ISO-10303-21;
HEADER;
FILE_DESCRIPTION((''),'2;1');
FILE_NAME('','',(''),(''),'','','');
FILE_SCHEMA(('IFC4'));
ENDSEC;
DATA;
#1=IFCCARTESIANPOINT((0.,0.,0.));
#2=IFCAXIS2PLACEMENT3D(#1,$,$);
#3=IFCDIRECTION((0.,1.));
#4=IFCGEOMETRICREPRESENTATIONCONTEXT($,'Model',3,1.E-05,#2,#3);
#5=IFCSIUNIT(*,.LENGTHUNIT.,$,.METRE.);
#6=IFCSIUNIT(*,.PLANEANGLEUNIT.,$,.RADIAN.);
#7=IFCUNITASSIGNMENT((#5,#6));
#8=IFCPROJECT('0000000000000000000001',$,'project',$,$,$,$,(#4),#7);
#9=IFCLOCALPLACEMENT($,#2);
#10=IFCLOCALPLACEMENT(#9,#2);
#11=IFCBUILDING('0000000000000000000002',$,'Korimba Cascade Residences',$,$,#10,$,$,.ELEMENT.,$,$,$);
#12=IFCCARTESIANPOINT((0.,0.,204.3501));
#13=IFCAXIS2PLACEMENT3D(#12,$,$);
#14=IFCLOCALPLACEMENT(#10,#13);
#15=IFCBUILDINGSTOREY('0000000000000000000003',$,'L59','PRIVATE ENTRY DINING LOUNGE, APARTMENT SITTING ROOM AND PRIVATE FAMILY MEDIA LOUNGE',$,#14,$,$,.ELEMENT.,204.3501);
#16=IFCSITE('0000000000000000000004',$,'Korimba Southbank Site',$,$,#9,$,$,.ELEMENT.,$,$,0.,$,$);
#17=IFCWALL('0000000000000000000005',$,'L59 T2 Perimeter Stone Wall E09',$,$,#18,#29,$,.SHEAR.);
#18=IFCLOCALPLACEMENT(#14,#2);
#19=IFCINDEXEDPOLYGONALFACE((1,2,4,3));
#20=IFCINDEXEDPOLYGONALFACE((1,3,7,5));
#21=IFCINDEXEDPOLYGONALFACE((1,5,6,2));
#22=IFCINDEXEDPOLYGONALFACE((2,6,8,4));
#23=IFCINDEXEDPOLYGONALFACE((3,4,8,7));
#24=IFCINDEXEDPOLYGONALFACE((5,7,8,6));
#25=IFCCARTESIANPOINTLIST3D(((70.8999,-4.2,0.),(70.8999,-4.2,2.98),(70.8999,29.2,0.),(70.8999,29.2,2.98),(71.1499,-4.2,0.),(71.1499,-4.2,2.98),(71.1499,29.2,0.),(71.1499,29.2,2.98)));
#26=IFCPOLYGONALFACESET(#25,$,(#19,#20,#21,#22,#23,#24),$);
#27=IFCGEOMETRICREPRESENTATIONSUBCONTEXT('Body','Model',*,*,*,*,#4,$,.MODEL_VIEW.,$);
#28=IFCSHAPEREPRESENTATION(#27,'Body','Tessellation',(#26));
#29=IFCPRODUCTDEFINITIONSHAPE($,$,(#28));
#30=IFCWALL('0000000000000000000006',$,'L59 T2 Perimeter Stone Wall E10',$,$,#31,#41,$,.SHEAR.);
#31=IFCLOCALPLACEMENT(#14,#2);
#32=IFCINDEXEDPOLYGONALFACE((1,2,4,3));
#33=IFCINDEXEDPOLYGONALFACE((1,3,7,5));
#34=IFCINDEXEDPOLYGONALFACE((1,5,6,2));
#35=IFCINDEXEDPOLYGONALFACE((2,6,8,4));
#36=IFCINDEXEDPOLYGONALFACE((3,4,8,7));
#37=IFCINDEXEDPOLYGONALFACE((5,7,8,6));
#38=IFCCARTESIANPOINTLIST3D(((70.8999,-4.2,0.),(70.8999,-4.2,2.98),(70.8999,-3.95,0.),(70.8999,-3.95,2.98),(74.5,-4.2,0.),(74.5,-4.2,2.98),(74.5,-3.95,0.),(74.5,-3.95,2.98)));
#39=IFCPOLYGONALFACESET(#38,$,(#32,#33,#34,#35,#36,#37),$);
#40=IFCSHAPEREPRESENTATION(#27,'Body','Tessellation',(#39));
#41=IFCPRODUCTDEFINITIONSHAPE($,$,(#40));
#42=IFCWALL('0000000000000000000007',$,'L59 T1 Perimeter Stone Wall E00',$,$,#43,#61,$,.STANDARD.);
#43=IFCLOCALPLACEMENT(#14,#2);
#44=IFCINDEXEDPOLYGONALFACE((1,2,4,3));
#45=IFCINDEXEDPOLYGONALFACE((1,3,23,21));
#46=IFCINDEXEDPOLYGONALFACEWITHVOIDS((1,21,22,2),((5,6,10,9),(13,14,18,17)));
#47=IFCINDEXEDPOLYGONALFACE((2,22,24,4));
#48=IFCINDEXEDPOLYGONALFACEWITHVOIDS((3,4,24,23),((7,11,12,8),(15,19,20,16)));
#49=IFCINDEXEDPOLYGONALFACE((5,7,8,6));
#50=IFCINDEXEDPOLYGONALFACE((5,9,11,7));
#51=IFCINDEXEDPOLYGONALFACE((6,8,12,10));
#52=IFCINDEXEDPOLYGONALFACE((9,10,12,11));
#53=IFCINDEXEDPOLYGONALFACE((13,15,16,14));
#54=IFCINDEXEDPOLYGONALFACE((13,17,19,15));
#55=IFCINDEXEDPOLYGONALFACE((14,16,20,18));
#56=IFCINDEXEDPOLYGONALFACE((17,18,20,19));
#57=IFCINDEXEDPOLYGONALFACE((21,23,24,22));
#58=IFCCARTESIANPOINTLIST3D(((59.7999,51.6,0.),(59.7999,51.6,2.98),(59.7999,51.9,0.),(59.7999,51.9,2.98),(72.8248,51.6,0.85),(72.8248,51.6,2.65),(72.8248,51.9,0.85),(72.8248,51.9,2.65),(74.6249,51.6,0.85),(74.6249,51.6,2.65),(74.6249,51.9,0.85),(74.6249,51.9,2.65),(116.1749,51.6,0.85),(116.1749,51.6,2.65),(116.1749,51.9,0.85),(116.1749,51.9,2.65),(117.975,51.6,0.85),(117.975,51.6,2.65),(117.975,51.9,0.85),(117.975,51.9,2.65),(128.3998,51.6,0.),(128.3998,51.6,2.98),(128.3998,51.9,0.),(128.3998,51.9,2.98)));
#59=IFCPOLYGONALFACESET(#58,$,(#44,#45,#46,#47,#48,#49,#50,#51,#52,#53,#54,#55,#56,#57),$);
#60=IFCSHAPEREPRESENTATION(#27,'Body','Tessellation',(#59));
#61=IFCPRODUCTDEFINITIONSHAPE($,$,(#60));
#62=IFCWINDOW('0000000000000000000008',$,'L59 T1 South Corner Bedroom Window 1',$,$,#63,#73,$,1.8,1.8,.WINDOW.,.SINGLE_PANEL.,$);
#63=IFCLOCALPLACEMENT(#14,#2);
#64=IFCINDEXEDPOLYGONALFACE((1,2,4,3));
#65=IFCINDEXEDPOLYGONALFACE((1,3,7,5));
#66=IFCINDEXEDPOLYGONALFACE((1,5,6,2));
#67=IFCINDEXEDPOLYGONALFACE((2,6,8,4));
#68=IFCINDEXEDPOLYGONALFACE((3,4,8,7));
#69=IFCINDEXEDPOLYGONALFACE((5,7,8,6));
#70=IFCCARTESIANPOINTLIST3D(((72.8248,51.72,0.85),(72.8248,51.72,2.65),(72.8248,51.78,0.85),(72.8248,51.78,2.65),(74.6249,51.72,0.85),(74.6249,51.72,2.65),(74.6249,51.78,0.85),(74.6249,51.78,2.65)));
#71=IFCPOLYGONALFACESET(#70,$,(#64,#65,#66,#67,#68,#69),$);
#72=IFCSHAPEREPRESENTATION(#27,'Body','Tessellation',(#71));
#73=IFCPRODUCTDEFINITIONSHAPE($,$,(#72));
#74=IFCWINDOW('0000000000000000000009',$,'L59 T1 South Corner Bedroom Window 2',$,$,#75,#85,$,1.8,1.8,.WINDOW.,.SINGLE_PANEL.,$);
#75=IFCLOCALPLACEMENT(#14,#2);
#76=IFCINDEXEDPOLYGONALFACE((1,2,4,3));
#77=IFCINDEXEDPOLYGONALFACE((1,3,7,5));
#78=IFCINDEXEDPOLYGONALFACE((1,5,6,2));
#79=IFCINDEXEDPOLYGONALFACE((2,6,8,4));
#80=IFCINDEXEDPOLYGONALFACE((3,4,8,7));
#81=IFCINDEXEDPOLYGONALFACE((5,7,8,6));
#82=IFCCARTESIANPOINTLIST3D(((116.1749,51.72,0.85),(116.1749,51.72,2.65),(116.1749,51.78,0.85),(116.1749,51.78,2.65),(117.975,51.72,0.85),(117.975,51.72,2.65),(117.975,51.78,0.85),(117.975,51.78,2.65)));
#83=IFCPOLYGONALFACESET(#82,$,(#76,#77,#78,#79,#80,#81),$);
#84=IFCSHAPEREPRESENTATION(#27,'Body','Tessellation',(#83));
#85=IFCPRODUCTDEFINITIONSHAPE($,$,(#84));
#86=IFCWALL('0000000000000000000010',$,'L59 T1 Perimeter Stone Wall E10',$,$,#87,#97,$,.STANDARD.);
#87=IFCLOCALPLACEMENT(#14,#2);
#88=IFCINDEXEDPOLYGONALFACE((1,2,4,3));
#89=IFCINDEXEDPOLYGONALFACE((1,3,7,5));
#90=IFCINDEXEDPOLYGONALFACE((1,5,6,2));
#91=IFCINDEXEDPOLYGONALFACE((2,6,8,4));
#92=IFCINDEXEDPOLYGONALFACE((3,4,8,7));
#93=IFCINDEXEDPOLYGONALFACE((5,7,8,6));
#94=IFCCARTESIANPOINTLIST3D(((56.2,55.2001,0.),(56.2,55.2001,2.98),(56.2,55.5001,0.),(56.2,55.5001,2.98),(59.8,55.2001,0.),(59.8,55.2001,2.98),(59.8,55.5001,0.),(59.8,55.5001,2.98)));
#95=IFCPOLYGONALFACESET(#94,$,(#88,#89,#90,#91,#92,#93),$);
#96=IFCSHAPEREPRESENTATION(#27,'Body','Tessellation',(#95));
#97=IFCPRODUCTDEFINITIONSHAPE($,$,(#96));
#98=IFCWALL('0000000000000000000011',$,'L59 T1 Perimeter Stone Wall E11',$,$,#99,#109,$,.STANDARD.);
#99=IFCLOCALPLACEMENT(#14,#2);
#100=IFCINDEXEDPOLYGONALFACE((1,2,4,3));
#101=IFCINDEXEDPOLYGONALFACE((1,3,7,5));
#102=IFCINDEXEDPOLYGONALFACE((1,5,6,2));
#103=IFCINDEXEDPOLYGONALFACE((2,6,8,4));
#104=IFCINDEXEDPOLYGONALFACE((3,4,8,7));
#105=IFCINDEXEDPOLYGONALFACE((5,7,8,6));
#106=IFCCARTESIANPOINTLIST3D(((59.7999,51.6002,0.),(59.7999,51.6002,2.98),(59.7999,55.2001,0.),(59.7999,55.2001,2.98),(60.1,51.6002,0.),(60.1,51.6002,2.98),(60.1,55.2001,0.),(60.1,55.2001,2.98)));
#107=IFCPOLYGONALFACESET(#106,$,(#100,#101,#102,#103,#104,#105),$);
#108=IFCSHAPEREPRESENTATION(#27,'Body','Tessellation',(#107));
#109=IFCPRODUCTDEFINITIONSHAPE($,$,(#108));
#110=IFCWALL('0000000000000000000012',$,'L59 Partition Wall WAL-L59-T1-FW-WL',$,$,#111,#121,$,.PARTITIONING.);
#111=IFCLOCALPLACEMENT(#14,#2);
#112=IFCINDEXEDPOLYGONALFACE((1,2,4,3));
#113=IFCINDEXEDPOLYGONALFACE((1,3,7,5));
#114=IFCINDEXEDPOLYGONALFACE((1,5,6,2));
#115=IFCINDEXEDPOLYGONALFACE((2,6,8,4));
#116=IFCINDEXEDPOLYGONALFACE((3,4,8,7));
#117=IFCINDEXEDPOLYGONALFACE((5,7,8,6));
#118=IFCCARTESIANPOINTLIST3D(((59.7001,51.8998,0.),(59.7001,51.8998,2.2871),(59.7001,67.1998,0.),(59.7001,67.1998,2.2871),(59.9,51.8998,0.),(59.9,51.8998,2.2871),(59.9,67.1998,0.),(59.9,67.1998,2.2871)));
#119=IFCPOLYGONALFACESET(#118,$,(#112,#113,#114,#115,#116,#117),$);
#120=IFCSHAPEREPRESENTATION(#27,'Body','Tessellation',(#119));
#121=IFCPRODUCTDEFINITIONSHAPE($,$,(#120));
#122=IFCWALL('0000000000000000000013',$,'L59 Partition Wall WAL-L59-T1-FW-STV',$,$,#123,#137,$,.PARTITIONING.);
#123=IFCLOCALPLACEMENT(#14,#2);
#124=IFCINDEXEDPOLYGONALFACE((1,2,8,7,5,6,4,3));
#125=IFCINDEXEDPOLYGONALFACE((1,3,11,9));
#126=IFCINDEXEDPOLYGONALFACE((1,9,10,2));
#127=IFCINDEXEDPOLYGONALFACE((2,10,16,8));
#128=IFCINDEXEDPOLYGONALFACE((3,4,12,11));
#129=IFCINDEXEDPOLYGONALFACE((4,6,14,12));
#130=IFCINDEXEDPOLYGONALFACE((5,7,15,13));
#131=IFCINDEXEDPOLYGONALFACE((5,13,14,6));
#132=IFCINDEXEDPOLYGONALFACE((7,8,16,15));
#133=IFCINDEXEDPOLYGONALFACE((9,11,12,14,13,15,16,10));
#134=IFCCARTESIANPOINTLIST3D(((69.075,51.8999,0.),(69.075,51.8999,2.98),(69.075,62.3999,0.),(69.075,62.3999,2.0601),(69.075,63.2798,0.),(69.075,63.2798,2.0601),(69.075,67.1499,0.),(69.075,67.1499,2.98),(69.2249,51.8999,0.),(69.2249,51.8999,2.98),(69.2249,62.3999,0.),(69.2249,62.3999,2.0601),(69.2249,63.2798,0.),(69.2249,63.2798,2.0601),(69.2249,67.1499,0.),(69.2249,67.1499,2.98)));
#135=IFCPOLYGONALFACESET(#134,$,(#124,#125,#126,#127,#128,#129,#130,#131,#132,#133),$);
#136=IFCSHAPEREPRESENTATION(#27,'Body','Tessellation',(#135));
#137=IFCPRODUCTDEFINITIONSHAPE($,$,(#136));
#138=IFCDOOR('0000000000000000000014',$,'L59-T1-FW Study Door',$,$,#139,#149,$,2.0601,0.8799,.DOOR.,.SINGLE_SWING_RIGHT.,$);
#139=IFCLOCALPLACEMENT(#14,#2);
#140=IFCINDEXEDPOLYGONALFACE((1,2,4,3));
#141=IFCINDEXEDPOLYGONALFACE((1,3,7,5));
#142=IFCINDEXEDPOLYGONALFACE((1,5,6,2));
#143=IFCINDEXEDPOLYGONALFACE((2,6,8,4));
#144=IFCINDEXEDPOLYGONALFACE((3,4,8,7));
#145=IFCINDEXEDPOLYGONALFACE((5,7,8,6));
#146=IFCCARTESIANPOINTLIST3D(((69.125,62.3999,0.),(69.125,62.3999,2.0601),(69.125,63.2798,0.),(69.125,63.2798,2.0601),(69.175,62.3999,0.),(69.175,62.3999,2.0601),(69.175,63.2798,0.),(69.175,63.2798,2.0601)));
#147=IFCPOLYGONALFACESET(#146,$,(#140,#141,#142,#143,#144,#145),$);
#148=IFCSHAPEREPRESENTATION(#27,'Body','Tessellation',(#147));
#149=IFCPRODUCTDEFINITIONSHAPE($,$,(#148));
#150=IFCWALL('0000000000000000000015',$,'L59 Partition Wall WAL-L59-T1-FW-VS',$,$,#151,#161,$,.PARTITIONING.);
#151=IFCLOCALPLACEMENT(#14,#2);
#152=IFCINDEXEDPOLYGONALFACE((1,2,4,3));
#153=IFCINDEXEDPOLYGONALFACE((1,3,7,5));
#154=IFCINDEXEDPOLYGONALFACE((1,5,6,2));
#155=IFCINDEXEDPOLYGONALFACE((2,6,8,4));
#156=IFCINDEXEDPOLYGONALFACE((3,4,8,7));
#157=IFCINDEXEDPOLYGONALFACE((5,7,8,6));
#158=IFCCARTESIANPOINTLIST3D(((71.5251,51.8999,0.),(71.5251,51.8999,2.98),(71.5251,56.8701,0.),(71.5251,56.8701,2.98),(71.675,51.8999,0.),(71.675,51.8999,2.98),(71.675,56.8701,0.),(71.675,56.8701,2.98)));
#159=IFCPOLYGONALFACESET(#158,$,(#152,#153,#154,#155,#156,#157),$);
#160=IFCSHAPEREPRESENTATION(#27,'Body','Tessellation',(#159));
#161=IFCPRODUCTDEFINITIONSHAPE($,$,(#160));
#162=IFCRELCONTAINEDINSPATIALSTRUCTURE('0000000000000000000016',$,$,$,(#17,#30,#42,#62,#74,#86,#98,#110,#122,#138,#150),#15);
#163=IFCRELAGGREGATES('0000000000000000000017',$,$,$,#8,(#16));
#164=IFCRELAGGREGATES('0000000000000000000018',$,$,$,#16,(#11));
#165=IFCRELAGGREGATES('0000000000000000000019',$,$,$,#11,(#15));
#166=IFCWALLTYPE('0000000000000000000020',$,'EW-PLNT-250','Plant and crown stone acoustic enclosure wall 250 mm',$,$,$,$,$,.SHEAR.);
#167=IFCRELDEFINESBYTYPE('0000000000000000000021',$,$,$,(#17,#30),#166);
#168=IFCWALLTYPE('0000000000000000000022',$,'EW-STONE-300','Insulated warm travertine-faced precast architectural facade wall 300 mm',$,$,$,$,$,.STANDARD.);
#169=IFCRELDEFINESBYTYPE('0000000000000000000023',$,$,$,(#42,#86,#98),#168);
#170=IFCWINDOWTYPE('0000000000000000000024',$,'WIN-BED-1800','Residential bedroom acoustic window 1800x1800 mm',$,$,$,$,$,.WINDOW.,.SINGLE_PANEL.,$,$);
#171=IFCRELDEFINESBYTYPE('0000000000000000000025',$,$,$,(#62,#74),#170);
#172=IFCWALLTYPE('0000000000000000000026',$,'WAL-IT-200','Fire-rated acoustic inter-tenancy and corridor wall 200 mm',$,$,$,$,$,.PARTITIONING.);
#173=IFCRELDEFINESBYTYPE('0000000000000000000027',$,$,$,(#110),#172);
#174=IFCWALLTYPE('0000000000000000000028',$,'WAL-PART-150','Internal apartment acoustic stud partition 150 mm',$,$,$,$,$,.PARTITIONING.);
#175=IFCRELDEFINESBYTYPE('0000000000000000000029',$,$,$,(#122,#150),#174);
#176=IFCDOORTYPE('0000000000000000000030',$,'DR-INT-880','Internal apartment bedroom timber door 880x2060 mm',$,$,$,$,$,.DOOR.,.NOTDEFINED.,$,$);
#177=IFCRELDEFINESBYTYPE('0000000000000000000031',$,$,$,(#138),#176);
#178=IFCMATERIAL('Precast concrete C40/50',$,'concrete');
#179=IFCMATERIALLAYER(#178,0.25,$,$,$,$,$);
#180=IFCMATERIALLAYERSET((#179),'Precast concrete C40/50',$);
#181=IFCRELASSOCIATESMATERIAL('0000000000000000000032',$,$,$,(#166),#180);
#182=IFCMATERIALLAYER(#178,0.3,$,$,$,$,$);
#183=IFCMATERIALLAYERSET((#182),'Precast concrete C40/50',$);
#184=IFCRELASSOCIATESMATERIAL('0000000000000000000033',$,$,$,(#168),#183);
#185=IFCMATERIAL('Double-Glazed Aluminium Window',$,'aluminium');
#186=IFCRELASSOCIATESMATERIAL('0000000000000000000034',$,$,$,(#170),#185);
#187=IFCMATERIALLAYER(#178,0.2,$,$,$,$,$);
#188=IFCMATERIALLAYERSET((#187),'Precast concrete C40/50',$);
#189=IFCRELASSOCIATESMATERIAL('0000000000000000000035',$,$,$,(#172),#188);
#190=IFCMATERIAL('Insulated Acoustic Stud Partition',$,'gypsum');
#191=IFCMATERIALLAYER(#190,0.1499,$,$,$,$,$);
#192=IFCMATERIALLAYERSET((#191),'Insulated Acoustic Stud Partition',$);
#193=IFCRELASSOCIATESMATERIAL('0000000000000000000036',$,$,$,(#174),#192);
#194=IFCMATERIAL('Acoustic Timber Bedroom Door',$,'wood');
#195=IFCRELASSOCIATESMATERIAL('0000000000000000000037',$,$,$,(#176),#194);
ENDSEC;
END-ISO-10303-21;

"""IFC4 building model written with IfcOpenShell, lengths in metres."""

from ifc_helpers import new_model, si_unit, direction, frame, frame_2d, origin, place, context, subcontext, project, spatial, rectangle, extrude, material, layer, layer_set, type_object, element, fill, save


model = new_model("IFC4")

# Units and contexts
model_context = context("Model", 3, precision=1e-05, world=origin(), true_north=direction((0.0, 1.0)))
body_context = subcontext(model_context, "Body", "Model", "MODEL_VIEW")
ifc_project = project(units=[si_unit("LENGTHUNIT", "METRE"), si_unit("PLANEANGLEUNIT", "RADIAN")], contexts=[model_context])

# Site, building, storey
site_placement = place(None, origin())
site = spatial("IfcSite", under=ifc_project, at=site_placement, Name="Korimba Southbank Site", CompositionType="ELEMENT", RefElevation=0.0)
building_placement = place(site_placement, origin())
building = spatial("IfcBuilding", under=site, at=building_placement, Name="Korimba Cascade Residences", CompositionType="ELEMENT")
storey_placement = place(building_placement, frame((0.0, 0.0, 204.3501)))
storey = spatial("IfcBuildingStorey", under=building, at=storey_placement, Name="L59", Description="PRIVATE ENTRY DINING LOUNGE, APARTMENT SITTING ROOM AND PRIVATE FAMILY MEDIA LOUNGE", CompositionType="ELEMENT", Elevation=204.3501)

# Shared definitions
ifc_material_1 = material(Name="Precast concrete C40/50", Category="concrete")

# Walls
ifc_layer_1 = layer(ifc_material_1, 0.25)
ifc_layer_set_1 = layer_set([ifc_layer_1], Name="Precast concrete C40/50")
wall_type_1 = type_object("IfcWallType", Name="EW-PLNT-250", Description="Plant and crown stone acoustic enclosure wall 250 mm", PredefinedType="SHEAR", material=ifc_layer_set_1)
wall_1_placement = place(storey_placement, frame((71.0249, 29.2, 0.0), z_axis=(0.0, 0.0, 1.0), x_axis=(0.0, -1.0, 0.0)))
element("IfcWall", 1, at=wall_1_placement, inside=storey, type_object=wall_type_1, Name="L59 T2 Perimeter Stone Wall E09", PredefinedType="SHEAR", context=body_context, shape_type="SweptSolid", body=[
    extrude(rectangle(XDim=33.3999, YDim=0.25, at=frame_2d((16.7, 0.0))), origin(), (0.0, 0.0, 1.0), 2.98),
])
wall_2_placement = place(storey_placement, frame((70.8999, -4.075, 0.0), z_axis=(0.0, 0.0, 1.0), x_axis=(1.0, 0.0, 0.0)))
element("IfcWall", 2, at=wall_2_placement, inside=storey, type_object=wall_type_1, Name="L59 T2 Perimeter Stone Wall E10", PredefinedType="SHEAR", context=body_context, shape_type="SweptSolid", body=[
    extrude(rectangle(XDim=3.6001, YDim=0.25, at=frame_2d((1.8, 0.0))), origin(), (0.0, 0.0, 1.0), 2.98),
])

# Wall, openings, windows
ifc_layer_2 = layer(ifc_material_1, 0.3)
ifc_layer_set_2 = layer_set([ifc_layer_2], Name="Precast concrete C40/50")
wall_type_2 = type_object("IfcWallType", Name="EW-STONE-300", Description="Insulated warm travertine-faced precast architectural facade wall 300 mm", PredefinedType="STANDARD", material=ifc_layer_set_2)
wall_3_placement = place(storey_placement, frame((59.8, 51.75, 0.0), z_axis=(0.0, 0.0, 1.0), x_axis=(1.0, 0.0, 0.0)))
wall_3 = element("IfcWall", 3, at=wall_3_placement, inside=storey, type_object=wall_type_2, Name="L59 T1 Perimeter Stone Wall E00", PredefinedType="STANDARD", context=body_context, shape_type="SweptSolid", body=[
    extrude(rectangle(XDim=68.5999, YDim=0.3, at=frame_2d((34.2998, 0.0))), origin(), (0.0, 0.0, 1.0), 2.98),
])
opening_1_placement = place(wall_3_placement, frame((13.0249, 0.0, 0.8501)))
opening_1 = element("IfcOpeningElement", 4, at=opening_1_placement, cuts=wall_3, PredefinedType="OPENING", context=body_context, shape_type="SweptSolid", body=[
    extrude(rectangle(XDim=1.8, YDim=1.8, at=frame_2d((0.8999, 0.8999))), frame((0.0, 0.1602, 0.0), z_axis=(0.0, -1.0, 0.0), x_axis=(1.0, 0.0, 0.0)), (0.0, 0.0, 1.0), 0.3201),
])
opening_2_placement = place(wall_3_placement, frame((56.375, 0.0, 0.8501)))
opening_2 = element("IfcOpeningElement", 5, at=opening_2_placement, cuts=wall_3, PredefinedType="OPENING", context=body_context, shape_type="SweptSolid", body=[
    extrude(rectangle(XDim=1.8, YDim=1.8, at=frame_2d((0.8999, 0.8999))), frame((0.0, 0.1602, 0.0), z_axis=(0.0, -1.0, 0.0), x_axis=(1.0, 0.0, 0.0)), (0.0, 0.0, 1.0), 0.3201),
])
ifc_material_2 = material(Name="Double-Glazed Aluminium Window", Category="aluminium")
window_type = type_object("IfcWindowType", Name="WIN-BED-1800", Description="Residential bedroom acoustic window 1800x1800 mm", PartitioningType="SINGLE_PANEL", PredefinedType="WINDOW", material=ifc_material_2)
window_1_placement = place(opening_1_placement, origin())
window_1 = element("IfcWindow", 6, at=window_1_placement, inside=storey, type_object=window_type, Name="L59 T1 South Corner Bedroom Window 1", OverallHeight=1.8, OverallWidth=1.8, PartitioningType="SINGLE_PANEL", PredefinedType="WINDOW", context=body_context, shape_type="SweptSolid", body=[
    extrude(rectangle(XDim=1.8, YDim=1.8, at=frame_2d((0.8999, 0.8999))), frame((0.0, 0.03, 0.0), z_axis=(0.0, -1.0, 0.0), x_axis=(1.0, 0.0, 0.0)), (0.0, 0.0, 1.0), 0.0601),
])
fill(opening_1, window_1)
window_2_placement = place(opening_2_placement, origin())
window_2 = element("IfcWindow", 7, at=window_2_placement, inside=storey, type_object=window_type, Name="L59 T1 South Corner Bedroom Window 2", OverallHeight=1.8, OverallWidth=1.8, PartitioningType="SINGLE_PANEL", PredefinedType="WINDOW", context=body_context, shape_type="SweptSolid", body=[
    extrude(rectangle(XDim=1.8, YDim=1.8, at=frame_2d((0.8999, 0.8999))), frame((0.0, 0.03, 0.0), z_axis=(0.0, -1.0, 0.0), x_axis=(1.0, 0.0, 0.0)), (0.0, 0.0, 1.0), 0.0601),
])
fill(opening_2, window_2)

# Walls
wall_4_placement = place(storey_placement, frame((56.2, 55.3501, 0.0), z_axis=(0.0, 0.0, 1.0), x_axis=(1.0, 0.0, 0.0)))
element("IfcWall", 8, at=wall_4_placement, inside=storey, type_object=wall_type_2, Name="L59 T1 Perimeter Stone Wall E10", PredefinedType="STANDARD", context=body_context, shape_type="SweptSolid", body=[
    extrude(rectangle(XDim=3.6001, YDim=0.3, at=frame_2d((1.8, 0.0))), origin(), (0.0, 0.0, 1.0), 2.98),
])
wall_5_placement = place(storey_placement, frame((59.95, 55.2, 0.0), z_axis=(0.0, 0.0, 1.0), x_axis=(0.0, -1.0, 0.0)))
element("IfcWall", 9, at=wall_5_placement, inside=storey, type_object=wall_type_2, Name="L59 T1 Perimeter Stone Wall E11", PredefinedType="STANDARD", context=body_context, shape_type="SweptSolid", body=[
    extrude(rectangle(XDim=3.5999, YDim=0.3, at=frame_2d((1.7998, 0.0))), origin(), (0.0, 0.0, 1.0), 2.98),
])
ifc_layer_3 = layer(ifc_material_1, 0.2)
ifc_layer_set_3 = layer_set([ifc_layer_3], Name="Precast concrete C40/50")
wall_type_3 = type_object("IfcWallType", Name="WAL-IT-200", Description="Fire-rated acoustic inter-tenancy and corridor wall 200 mm", PredefinedType="PARTITIONING", material=ifc_layer_set_3)
wall_6_placement = place(storey_placement, frame((59.8, 51.8999, 0.0), z_axis=(0.0, 0.0, 1.0), x_axis=(0.0, 1.0, 0.0)))
element("IfcWall", 10, at=wall_6_placement, inside=storey, type_object=wall_type_3, Name="L59 Partition Wall WAL-L59-T1-FW-WL", PredefinedType="PARTITIONING", context=body_context, shape_type="SweptSolid", body=[
    extrude(rectangle(XDim=15.3, YDim=0.2, at=frame_2d((7.6499, 0.0))), origin(), (0.0, 0.0, 1.0), 2.2871),
])

# Wall, opening, door
ifc_material_3 = material(Name="Insulated Acoustic Stud Partition", Category="gypsum")
ifc_layer_4 = layer(ifc_material_3, 0.1499)
ifc_layer_set_4 = layer_set([ifc_layer_4], Name="Insulated Acoustic Stud Partition")
wall_type_4 = type_object("IfcWallType", Name="WAL-PART-150", Description="Internal apartment acoustic stud partition 150 mm", PredefinedType="PARTITIONING", material=ifc_layer_set_4)
wall_7_placement = place(storey_placement, frame((69.1499, 51.8999, 0.0), z_axis=(0.0, 0.0, 1.0), x_axis=(0.0, 1.0, 0.0)))
wall_7 = element("IfcWall", 11, at=wall_7_placement, inside=storey, type_object=wall_type_4, Name="L59 Partition Wall WAL-L59-T1-FW-STV", PredefinedType="PARTITIONING", context=body_context, shape_type="SweptSolid", body=[
    extrude(rectangle(XDim=15.25, YDim=0.1499, at=frame_2d((7.625, 0.0))), origin(), (0.0, 0.0, 1.0), 2.98),
])
opening_3_placement = place(wall_7_placement, frame((10.5, 0.0, 0.0)))
opening_3 = element("IfcOpeningElement", 12, at=opening_3_placement, cuts=wall_7, PredefinedType="OPENING", context=body_context, shape_type="SweptSolid", body=[
    extrude(rectangle(XDim=0.8799, YDim=2.0601, at=frame_2d((0.4399, 1.03))), frame((0.0, 0.085, 0.0), z_axis=(0.0, -1.0, 0.0), x_axis=(1.0, 0.0, 0.0)), (0.0, 0.0, 1.0), 0.1699),
])
ifc_material_4 = material(Name="Acoustic Timber Bedroom Door", Category="wood")
door_type_1 = type_object("IfcDoorType", Name="DR-INT-880", Description="Internal apartment bedroom timber door 880x2060 mm", OperationType="NOTDEFINED", PredefinedType="DOOR", material=ifc_material_4)
door_1_placement = place(opening_3_placement, origin())
door_1 = element("IfcDoor", 13, at=door_1_placement, inside=storey, type_object=door_type_1, Name="L59-T1-FW Study Door", OperationType="SINGLE_SWING_RIGHT", OverallHeight=2.0601, OverallWidth=0.8799, PredefinedType="DOOR", context=body_context, shape_type="SweptSolid", body=[
    extrude(rectangle(XDim=0.8799, YDim=2.0601, at=frame_2d((0.4399, 1.03))), frame((0.0, 0.0249, 0.0), z_axis=(0.0, -1.0, 0.0), x_axis=(1.0, 0.0, 0.0)), (0.0, 0.0, 1.0), 0.05),
])
fill(opening_3, door_1)

# Wall
wall_8_placement = place(storey_placement, frame((71.6001, 51.8999, 0.0), z_axis=(0.0, 0.0, 1.0), x_axis=(0.0, 1.0, 0.0)))
element("IfcWall", 14, at=wall_8_placement, inside=storey, type_object=wall_type_4, Name="L59 Partition Wall WAL-L59-T1-FW-VS", PredefinedType="PARTITIONING", context=body_context, shape_type="SweptSolid", body=[
    extrude(rectangle(XDim=4.9702, YDim=0.1499, at=frame_2d((2.4851, 0.0))), origin(), (0.0, 0.0, 1.0), 2.98),
])

save(model, "model.ifc")
